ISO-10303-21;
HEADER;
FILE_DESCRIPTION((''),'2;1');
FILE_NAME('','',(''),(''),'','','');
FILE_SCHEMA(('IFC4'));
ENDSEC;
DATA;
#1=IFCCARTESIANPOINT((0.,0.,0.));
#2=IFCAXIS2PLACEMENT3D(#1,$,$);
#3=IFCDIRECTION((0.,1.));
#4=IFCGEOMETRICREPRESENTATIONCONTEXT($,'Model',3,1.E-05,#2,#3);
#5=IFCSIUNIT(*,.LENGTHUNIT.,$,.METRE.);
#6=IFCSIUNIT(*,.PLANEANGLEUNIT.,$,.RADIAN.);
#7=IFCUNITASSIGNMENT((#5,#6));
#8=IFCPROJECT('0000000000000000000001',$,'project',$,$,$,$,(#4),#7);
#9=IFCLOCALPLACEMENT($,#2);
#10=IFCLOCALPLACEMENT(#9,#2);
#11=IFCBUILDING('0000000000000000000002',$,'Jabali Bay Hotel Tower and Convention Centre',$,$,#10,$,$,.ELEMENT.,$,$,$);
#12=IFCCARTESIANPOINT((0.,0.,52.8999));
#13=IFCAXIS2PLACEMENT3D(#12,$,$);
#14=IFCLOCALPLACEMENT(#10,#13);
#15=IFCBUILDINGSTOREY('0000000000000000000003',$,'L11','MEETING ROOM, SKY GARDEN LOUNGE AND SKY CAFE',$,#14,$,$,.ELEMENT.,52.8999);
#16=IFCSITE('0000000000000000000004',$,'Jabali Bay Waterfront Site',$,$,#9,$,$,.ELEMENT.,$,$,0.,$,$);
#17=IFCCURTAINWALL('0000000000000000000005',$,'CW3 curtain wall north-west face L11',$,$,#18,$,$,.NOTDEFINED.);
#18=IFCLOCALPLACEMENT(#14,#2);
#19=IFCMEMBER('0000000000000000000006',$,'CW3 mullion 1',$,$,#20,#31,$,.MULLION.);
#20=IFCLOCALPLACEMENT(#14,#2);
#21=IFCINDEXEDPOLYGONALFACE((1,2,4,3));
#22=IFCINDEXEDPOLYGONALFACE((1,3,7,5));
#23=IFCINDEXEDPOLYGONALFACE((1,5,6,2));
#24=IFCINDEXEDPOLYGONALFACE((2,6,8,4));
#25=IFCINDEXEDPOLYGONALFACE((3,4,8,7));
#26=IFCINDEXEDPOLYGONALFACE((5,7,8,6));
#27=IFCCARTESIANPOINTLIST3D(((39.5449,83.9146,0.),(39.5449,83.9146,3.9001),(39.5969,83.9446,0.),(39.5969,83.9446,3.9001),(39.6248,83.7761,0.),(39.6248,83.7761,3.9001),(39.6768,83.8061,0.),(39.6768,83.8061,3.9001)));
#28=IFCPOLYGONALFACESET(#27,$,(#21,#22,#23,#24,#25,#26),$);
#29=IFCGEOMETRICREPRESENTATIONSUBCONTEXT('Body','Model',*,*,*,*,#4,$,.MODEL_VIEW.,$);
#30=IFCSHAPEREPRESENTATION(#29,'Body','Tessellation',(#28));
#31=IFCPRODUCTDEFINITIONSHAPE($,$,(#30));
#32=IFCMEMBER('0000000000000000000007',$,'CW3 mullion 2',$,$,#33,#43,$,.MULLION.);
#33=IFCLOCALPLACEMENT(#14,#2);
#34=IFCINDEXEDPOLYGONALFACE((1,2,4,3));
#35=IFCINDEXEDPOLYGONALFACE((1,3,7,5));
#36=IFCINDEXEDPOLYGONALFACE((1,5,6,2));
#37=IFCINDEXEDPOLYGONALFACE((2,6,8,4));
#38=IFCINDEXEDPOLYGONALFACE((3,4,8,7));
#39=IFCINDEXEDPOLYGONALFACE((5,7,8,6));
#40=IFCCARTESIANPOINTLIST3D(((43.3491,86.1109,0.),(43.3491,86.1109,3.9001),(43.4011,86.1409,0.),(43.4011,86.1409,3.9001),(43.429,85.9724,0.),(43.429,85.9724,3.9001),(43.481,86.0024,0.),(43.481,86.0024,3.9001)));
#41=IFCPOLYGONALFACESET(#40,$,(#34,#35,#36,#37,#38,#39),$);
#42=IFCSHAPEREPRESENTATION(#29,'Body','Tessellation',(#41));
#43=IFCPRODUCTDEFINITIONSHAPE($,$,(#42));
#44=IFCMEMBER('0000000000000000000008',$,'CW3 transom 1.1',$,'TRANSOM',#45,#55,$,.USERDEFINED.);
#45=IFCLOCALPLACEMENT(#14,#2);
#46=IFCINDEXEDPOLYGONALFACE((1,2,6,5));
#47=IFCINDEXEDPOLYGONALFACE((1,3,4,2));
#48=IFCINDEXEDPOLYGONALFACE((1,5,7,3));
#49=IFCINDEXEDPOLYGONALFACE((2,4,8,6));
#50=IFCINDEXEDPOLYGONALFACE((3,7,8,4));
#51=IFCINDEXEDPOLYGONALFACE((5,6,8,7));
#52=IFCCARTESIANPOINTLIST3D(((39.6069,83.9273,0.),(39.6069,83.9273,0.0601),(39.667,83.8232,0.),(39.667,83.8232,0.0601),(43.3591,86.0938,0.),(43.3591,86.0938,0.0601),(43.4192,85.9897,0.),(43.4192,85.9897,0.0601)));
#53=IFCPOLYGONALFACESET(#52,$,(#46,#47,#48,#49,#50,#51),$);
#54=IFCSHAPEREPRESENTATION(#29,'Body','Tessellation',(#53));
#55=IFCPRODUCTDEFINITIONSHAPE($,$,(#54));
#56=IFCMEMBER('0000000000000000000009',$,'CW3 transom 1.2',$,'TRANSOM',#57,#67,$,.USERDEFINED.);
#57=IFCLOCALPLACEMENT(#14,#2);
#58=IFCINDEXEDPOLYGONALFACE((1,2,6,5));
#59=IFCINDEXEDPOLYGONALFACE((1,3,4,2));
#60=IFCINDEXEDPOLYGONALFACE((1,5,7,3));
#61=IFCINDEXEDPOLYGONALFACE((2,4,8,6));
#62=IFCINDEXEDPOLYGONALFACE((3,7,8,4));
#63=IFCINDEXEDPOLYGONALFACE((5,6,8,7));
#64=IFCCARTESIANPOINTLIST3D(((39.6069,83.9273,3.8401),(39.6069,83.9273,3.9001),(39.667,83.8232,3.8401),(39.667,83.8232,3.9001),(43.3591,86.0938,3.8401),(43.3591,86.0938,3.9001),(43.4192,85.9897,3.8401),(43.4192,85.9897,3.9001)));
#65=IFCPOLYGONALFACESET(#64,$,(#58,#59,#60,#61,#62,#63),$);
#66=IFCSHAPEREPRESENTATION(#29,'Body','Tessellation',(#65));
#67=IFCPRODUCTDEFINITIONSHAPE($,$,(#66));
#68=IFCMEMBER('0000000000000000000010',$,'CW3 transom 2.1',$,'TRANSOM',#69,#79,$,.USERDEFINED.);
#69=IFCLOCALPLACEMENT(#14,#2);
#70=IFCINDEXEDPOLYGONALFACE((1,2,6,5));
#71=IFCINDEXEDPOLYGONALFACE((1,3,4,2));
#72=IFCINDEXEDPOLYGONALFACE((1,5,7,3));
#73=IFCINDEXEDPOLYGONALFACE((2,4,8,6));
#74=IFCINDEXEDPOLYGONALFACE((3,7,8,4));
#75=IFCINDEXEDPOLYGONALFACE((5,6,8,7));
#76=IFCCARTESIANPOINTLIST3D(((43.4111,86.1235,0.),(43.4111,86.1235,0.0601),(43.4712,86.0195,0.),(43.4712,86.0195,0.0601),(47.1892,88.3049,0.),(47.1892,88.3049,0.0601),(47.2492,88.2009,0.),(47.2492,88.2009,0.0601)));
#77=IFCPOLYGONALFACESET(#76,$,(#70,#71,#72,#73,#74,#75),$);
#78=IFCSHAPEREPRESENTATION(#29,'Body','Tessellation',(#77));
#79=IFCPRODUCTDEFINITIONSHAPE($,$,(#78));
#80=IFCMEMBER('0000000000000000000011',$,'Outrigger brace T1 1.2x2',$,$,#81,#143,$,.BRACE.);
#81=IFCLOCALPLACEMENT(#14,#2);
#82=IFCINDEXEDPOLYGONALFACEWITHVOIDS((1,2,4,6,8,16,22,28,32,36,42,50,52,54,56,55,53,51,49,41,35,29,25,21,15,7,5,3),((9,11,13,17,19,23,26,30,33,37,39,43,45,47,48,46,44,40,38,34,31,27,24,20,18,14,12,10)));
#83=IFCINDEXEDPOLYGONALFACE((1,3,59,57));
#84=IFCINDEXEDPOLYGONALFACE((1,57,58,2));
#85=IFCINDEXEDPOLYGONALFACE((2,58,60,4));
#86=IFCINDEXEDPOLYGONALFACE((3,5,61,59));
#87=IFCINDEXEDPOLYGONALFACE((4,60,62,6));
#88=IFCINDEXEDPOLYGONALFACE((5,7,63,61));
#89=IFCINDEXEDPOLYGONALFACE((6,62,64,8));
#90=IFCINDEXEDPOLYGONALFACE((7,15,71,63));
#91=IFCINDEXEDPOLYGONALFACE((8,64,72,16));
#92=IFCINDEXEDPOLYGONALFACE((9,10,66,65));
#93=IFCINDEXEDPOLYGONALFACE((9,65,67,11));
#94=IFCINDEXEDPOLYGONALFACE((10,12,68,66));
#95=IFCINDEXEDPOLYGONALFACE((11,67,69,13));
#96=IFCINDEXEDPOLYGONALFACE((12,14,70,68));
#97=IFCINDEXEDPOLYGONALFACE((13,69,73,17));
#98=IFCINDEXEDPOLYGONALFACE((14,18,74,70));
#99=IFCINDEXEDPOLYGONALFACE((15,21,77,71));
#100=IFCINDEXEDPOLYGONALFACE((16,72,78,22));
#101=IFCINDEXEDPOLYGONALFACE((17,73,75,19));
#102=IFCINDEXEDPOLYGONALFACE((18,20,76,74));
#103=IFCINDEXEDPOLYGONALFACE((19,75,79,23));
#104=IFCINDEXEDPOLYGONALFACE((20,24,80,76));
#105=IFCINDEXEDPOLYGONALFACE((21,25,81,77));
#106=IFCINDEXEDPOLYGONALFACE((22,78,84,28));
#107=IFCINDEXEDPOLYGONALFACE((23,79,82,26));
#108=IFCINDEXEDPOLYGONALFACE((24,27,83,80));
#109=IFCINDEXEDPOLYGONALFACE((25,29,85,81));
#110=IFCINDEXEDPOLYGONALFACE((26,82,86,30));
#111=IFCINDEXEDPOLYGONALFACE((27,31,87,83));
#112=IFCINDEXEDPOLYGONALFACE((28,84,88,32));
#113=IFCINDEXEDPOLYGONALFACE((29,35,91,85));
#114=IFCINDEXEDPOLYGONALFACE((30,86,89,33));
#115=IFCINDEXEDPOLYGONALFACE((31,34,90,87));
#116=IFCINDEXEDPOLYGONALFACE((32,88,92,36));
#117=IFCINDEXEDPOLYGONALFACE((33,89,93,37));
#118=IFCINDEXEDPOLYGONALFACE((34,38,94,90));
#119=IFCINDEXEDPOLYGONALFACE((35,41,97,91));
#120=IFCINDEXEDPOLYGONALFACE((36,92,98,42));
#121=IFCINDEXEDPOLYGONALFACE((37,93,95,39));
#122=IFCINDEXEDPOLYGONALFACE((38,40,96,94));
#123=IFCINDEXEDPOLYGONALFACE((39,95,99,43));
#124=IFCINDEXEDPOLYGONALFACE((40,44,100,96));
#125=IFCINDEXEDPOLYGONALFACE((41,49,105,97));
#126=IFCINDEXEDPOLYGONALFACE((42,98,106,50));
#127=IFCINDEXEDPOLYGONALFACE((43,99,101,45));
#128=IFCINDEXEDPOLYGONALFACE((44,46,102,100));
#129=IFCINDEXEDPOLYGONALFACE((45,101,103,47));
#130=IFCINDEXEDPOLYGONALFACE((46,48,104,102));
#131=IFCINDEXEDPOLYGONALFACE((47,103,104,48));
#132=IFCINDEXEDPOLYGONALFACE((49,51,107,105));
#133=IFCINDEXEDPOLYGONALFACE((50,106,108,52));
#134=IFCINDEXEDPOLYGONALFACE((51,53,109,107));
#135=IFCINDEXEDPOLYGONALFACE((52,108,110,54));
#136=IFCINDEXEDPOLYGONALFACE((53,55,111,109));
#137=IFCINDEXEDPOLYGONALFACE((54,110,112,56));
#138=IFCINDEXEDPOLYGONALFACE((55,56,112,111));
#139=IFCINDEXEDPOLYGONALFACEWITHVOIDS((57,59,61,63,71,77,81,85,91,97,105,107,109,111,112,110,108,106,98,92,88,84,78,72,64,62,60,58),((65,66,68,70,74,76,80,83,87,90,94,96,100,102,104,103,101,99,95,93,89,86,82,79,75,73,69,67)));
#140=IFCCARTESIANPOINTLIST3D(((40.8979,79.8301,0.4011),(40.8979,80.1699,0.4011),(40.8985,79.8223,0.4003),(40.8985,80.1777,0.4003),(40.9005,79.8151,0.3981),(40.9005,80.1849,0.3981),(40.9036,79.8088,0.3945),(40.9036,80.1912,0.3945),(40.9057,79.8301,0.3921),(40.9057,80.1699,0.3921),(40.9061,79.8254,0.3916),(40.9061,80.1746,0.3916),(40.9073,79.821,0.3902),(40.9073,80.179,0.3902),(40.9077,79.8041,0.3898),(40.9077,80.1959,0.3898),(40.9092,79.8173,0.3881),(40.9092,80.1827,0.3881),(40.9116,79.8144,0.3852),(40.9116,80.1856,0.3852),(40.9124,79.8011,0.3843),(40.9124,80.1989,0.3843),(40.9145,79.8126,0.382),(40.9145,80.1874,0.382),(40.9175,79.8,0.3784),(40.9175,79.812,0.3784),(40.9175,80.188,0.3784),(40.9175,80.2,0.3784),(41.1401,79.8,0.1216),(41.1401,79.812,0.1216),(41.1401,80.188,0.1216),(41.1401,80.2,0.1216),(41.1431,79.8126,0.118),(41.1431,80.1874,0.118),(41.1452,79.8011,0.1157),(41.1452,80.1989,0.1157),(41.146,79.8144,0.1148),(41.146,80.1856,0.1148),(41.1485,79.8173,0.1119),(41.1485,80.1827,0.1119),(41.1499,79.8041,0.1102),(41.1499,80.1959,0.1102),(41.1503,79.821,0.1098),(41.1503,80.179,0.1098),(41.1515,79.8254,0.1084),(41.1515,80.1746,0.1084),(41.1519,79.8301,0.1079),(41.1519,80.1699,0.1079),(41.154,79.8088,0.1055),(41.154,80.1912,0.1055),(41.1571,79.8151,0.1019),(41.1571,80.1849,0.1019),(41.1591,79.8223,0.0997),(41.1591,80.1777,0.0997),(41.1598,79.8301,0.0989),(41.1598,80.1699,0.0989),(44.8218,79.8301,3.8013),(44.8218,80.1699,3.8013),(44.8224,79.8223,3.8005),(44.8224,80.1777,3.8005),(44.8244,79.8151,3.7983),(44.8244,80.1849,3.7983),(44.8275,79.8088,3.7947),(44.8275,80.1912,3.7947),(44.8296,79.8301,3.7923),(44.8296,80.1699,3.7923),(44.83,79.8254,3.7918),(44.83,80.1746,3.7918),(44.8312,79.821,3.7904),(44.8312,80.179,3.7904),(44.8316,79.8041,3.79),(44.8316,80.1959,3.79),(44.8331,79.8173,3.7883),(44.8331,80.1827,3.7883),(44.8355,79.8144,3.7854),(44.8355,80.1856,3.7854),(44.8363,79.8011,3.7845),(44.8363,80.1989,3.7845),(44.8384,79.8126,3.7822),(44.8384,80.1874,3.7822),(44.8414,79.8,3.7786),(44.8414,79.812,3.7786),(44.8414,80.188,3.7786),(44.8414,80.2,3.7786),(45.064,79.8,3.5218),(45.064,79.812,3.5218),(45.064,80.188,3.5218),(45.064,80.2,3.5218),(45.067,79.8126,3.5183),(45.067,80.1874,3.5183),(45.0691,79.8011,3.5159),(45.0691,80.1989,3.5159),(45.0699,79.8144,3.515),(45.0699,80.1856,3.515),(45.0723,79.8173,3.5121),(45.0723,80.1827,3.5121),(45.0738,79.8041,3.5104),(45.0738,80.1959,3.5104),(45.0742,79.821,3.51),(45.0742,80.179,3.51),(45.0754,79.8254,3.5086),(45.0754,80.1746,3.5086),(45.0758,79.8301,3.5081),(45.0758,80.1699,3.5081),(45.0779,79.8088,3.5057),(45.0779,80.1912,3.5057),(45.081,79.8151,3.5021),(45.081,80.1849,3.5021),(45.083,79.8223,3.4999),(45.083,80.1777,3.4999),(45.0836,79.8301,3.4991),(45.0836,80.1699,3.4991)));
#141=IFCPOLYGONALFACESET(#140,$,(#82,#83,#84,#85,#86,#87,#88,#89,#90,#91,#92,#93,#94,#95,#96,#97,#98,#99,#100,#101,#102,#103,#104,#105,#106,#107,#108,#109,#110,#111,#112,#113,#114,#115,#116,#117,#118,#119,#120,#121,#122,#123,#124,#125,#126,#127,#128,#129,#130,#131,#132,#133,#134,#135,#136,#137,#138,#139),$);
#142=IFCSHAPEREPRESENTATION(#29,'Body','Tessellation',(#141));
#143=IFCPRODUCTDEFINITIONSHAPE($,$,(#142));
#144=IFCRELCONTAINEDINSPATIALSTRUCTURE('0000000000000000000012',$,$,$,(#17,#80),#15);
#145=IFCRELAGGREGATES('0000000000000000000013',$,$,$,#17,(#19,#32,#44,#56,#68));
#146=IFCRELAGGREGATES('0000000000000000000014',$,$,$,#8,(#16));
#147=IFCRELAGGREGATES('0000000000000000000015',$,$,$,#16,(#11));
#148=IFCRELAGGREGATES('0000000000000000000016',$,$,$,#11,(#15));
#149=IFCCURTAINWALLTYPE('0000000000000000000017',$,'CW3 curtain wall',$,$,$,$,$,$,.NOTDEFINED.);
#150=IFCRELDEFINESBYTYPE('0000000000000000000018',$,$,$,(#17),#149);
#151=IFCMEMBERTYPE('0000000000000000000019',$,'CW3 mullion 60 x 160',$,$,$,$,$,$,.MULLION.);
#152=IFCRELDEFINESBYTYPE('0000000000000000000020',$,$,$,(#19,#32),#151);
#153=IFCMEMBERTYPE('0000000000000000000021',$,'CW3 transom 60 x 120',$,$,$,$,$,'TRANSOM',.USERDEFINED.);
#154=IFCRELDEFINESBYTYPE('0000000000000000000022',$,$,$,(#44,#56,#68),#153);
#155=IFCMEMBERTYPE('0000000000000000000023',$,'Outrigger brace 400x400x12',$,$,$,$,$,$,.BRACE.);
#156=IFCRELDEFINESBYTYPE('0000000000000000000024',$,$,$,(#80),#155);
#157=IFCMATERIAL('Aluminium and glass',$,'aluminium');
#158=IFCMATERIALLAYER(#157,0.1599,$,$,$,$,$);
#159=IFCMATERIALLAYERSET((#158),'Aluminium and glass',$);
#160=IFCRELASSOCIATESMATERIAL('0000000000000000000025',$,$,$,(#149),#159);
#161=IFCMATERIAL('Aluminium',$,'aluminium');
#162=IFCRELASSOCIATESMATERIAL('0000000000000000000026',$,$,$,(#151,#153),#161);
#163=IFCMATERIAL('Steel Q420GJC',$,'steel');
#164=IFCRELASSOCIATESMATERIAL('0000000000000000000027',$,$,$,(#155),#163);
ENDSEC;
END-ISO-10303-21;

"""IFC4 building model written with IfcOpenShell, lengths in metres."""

from ifc_helpers import new_model, si_unit, direction, frame, origin, origin_2d, place, context, subcontext, project, spatial, rectangle, hollow_rectangle, extrude, material, layer, layer_set, material_profile, profile_set, type_object, element, aggregate, save


model = new_model("IFC4")

# Units and contexts
model_context = context("Model", 3, precision=1e-05, world=origin(), true_north=direction((0.0, 1.0)))
body_context = subcontext(model_context, "Body", "Model", "MODEL_VIEW")
ifc_project = project(units=[si_unit("LENGTHUNIT", "METRE"), si_unit("PLANEANGLEUNIT", "RADIAN")], contexts=[model_context])

# Site, building, storey
site_placement = place(None, origin())
site = spatial("IfcSite", under=ifc_project, at=site_placement, Name="Jabali Bay Waterfront Site", CompositionType="ELEMENT", RefElevation=0.0)
building_placement = place(site_placement, origin())
building = spatial("IfcBuilding", under=site, at=building_placement, Name="Jabali Bay Hotel Tower and Convention Centre", CompositionType="ELEMENT")
storey_placement = place(building_placement, frame((0.0, 0.0, 52.8999)))
storey = spatial("IfcBuildingStorey", under=building, at=storey_placement, Name="L11", Description="MEETING ROOM, SKY GARDEN LOUNGE AND SKY CAFE", CompositionType="ELEMENT", Elevation=52.8999)

# Shared definitions
ifc_material_1 = material(Name="Steel Q420GJC", Category="steel")

# Curtain wall, members
ifc_material_2 = material(Name="Aluminium and glass", Category="aluminium")
ifc_layer_1 = layer(ifc_material_2, 0.1599)
ifc_layer_set_1 = layer_set([ifc_layer_1], Name="Aluminium and glass")
curtain_wall_type = type_object("IfcCurtainWallType", Name="CW3 curtain wall", PredefinedType="NOTDEFINED", material=ifc_layer_set_1)
curtain_wall_placement = place(storey_placement, origin())
curtain_wall = element("IfcCurtainWall", 1, at=curtain_wall_placement, inside=storey, type_object=curtain_wall_type, Name="CW3 curtain wall north-west face L11", PredefinedType="NOTDEFINED")
ifc_material_3 = material(Name="Aluminium", Category="aluminium")
ifc_material_profile_1 = material_profile(ifc_material_3, rectangle(XDim=0.1599, YDim=0.0601, at=origin_2d()), Name="CW3 mullion 60 x 160")
ifc_profile_set_1 = profile_set([ifc_material_profile_1], Name="Aluminium")
member_type_1 = type_object("IfcMemberType", Name="CW3 mullion 60 x 160", PredefinedType="MULLION", material=ifc_profile_set_1)
member_1_placement = place(storey_placement, frame((39.6108, 83.8604, 0.0), z_axis=(0.0, 0.0, 1.0), x_axis=(-0.5, 0.866025, 0.0)))
member_1 = element("IfcMember", 2, at=member_1_placement, type_object=member_type_1, Name="CW3 mullion 1", PredefinedType="MULLION", context=body_context, shape_type="SweptSolid", body=[
    extrude(rectangle(XDim=0.1599, YDim=0.0601, at=origin_2d()), origin(), (0.0, 0.0, 1.0), 3.9001),
])
member_2_placement = place(storey_placement, frame((43.415, 86.0566, 0.0), z_axis=(0.0, 0.0, 1.0), x_axis=(-0.5, 0.866025, 0.0)))
member_2 = element("IfcMember", 3, at=member_2_placement, type_object=member_type_1, Name="CW3 mullion 2", PredefinedType="MULLION", context=body_context, shape_type="SweptSolid", body=[
    extrude(rectangle(XDim=0.1599, YDim=0.0601, at=origin_2d()), origin(), (0.0, 0.0, 1.0), 3.9001),
])
ifc_material_profile_2 = material_profile(ifc_material_3, rectangle(XDim=0.1201, YDim=0.0601, at=origin_2d()), Name="CW3 transom 60 x 120")
ifc_profile_set_2 = profile_set([ifc_material_profile_2], Name="Aluminium")
member_type_2 = type_object("IfcMemberType", Name="CW3 transom 60 x 120", ElementType="TRANSOM", PredefinedType="USERDEFINED", material=ifc_profile_set_2)
member_3_placement = place(storey_placement, frame((39.637, 83.8752, 0.03), z_axis=(0.866008, 0.50003, 0.0), x_axis=(-0.50003, 0.866008, 0.0)))
member_3 = element("IfcMember", 4, at=member_3_placement, type_object=member_type_2, Name="CW3 transom 1.1", ObjectType="TRANSOM", PredefinedType="USERDEFINED", context=body_context, shape_type="SweptSolid", body=[
    extrude(rectangle(XDim=0.1201, YDim=0.0601, at=origin_2d()), origin(), (0.0, 0.0, 1.0), 4.3328),
])
member_4_placement = place(storey_placement, frame((39.637, 83.8752, 3.8701), z_axis=(0.866008, 0.50003, 0.0), x_axis=(-0.50003, 0.866008, 0.0)))
member_4 = element("IfcMember", 5, at=member_4_placement, type_object=member_type_2, Name="CW3 transom 1.2", ObjectType="TRANSOM", PredefinedType="USERDEFINED", context=body_context, shape_type="SweptSolid", body=[
    extrude(rectangle(XDim=0.1201, YDim=0.0601, at=origin_2d()), origin(), (0.0, 0.0, 1.0), 4.3328),
])
member_5_placement = place(storey_placement, frame((43.4412, 86.0715, 0.03), z_axis=(0.866013, 0.500021, 0.0), x_axis=(-0.500021, 0.866013, 0.0)))
member_5 = element("IfcMember", 6, at=member_5_placement, type_object=member_type_2, Name="CW3 transom 2.1", ObjectType="TRANSOM", PredefinedType="USERDEFINED", context=body_context, shape_type="SweptSolid", body=[
    extrude(rectangle(XDim=0.1201, YDim=0.0601, at=origin_2d()), origin(), (0.0, 0.0, 1.0), 4.3625),
])

# Member
ifc_material_profile_3 = material_profile(ifc_material_1, hollow_rectangle(XDim=0.3999, YDim=0.3999, WallThickness=0.012, InnerFilletRadius=0.0181, OuterFilletRadius=0.03, at=origin_2d()), Name="Outrigger brace 400x400x12")
ifc_profile_set_3 = profile_set([ifc_material_profile_3], Name="Steel Q420GJC")
member_type_3 = type_object("IfcMemberType", Name="Outrigger brace 400x400x12", PredefinedType="BRACE", material=ifc_profile_set_3)
member_6_placement = place(storey_placement, frame((41.0288, 80.0, 0.25), z_axis=(0.755737, 0.0, 0.654875), x_axis=(0.0, 1.0, 0.0)))
element("IfcMember", 7, at=member_6_placement, inside=storey, type_object=member_type_3, Name="Outrigger brace T1 1.2x2", PredefinedType="BRACE", context=body_context, shape_type="SweptSolid", body=[
    extrude(hollow_rectangle(XDim=0.3999, YDim=0.3999, WallThickness=0.012, InnerFilletRadius=0.0181, OuterFilletRadius=0.03, at=origin_2d()), origin(), (0.0, 0.0, 1.0), 5.1921),
])

aggregate(curtain_wall, [member_1, member_2, member_3, member_4, member_5])

save(model, "model.ifc")
